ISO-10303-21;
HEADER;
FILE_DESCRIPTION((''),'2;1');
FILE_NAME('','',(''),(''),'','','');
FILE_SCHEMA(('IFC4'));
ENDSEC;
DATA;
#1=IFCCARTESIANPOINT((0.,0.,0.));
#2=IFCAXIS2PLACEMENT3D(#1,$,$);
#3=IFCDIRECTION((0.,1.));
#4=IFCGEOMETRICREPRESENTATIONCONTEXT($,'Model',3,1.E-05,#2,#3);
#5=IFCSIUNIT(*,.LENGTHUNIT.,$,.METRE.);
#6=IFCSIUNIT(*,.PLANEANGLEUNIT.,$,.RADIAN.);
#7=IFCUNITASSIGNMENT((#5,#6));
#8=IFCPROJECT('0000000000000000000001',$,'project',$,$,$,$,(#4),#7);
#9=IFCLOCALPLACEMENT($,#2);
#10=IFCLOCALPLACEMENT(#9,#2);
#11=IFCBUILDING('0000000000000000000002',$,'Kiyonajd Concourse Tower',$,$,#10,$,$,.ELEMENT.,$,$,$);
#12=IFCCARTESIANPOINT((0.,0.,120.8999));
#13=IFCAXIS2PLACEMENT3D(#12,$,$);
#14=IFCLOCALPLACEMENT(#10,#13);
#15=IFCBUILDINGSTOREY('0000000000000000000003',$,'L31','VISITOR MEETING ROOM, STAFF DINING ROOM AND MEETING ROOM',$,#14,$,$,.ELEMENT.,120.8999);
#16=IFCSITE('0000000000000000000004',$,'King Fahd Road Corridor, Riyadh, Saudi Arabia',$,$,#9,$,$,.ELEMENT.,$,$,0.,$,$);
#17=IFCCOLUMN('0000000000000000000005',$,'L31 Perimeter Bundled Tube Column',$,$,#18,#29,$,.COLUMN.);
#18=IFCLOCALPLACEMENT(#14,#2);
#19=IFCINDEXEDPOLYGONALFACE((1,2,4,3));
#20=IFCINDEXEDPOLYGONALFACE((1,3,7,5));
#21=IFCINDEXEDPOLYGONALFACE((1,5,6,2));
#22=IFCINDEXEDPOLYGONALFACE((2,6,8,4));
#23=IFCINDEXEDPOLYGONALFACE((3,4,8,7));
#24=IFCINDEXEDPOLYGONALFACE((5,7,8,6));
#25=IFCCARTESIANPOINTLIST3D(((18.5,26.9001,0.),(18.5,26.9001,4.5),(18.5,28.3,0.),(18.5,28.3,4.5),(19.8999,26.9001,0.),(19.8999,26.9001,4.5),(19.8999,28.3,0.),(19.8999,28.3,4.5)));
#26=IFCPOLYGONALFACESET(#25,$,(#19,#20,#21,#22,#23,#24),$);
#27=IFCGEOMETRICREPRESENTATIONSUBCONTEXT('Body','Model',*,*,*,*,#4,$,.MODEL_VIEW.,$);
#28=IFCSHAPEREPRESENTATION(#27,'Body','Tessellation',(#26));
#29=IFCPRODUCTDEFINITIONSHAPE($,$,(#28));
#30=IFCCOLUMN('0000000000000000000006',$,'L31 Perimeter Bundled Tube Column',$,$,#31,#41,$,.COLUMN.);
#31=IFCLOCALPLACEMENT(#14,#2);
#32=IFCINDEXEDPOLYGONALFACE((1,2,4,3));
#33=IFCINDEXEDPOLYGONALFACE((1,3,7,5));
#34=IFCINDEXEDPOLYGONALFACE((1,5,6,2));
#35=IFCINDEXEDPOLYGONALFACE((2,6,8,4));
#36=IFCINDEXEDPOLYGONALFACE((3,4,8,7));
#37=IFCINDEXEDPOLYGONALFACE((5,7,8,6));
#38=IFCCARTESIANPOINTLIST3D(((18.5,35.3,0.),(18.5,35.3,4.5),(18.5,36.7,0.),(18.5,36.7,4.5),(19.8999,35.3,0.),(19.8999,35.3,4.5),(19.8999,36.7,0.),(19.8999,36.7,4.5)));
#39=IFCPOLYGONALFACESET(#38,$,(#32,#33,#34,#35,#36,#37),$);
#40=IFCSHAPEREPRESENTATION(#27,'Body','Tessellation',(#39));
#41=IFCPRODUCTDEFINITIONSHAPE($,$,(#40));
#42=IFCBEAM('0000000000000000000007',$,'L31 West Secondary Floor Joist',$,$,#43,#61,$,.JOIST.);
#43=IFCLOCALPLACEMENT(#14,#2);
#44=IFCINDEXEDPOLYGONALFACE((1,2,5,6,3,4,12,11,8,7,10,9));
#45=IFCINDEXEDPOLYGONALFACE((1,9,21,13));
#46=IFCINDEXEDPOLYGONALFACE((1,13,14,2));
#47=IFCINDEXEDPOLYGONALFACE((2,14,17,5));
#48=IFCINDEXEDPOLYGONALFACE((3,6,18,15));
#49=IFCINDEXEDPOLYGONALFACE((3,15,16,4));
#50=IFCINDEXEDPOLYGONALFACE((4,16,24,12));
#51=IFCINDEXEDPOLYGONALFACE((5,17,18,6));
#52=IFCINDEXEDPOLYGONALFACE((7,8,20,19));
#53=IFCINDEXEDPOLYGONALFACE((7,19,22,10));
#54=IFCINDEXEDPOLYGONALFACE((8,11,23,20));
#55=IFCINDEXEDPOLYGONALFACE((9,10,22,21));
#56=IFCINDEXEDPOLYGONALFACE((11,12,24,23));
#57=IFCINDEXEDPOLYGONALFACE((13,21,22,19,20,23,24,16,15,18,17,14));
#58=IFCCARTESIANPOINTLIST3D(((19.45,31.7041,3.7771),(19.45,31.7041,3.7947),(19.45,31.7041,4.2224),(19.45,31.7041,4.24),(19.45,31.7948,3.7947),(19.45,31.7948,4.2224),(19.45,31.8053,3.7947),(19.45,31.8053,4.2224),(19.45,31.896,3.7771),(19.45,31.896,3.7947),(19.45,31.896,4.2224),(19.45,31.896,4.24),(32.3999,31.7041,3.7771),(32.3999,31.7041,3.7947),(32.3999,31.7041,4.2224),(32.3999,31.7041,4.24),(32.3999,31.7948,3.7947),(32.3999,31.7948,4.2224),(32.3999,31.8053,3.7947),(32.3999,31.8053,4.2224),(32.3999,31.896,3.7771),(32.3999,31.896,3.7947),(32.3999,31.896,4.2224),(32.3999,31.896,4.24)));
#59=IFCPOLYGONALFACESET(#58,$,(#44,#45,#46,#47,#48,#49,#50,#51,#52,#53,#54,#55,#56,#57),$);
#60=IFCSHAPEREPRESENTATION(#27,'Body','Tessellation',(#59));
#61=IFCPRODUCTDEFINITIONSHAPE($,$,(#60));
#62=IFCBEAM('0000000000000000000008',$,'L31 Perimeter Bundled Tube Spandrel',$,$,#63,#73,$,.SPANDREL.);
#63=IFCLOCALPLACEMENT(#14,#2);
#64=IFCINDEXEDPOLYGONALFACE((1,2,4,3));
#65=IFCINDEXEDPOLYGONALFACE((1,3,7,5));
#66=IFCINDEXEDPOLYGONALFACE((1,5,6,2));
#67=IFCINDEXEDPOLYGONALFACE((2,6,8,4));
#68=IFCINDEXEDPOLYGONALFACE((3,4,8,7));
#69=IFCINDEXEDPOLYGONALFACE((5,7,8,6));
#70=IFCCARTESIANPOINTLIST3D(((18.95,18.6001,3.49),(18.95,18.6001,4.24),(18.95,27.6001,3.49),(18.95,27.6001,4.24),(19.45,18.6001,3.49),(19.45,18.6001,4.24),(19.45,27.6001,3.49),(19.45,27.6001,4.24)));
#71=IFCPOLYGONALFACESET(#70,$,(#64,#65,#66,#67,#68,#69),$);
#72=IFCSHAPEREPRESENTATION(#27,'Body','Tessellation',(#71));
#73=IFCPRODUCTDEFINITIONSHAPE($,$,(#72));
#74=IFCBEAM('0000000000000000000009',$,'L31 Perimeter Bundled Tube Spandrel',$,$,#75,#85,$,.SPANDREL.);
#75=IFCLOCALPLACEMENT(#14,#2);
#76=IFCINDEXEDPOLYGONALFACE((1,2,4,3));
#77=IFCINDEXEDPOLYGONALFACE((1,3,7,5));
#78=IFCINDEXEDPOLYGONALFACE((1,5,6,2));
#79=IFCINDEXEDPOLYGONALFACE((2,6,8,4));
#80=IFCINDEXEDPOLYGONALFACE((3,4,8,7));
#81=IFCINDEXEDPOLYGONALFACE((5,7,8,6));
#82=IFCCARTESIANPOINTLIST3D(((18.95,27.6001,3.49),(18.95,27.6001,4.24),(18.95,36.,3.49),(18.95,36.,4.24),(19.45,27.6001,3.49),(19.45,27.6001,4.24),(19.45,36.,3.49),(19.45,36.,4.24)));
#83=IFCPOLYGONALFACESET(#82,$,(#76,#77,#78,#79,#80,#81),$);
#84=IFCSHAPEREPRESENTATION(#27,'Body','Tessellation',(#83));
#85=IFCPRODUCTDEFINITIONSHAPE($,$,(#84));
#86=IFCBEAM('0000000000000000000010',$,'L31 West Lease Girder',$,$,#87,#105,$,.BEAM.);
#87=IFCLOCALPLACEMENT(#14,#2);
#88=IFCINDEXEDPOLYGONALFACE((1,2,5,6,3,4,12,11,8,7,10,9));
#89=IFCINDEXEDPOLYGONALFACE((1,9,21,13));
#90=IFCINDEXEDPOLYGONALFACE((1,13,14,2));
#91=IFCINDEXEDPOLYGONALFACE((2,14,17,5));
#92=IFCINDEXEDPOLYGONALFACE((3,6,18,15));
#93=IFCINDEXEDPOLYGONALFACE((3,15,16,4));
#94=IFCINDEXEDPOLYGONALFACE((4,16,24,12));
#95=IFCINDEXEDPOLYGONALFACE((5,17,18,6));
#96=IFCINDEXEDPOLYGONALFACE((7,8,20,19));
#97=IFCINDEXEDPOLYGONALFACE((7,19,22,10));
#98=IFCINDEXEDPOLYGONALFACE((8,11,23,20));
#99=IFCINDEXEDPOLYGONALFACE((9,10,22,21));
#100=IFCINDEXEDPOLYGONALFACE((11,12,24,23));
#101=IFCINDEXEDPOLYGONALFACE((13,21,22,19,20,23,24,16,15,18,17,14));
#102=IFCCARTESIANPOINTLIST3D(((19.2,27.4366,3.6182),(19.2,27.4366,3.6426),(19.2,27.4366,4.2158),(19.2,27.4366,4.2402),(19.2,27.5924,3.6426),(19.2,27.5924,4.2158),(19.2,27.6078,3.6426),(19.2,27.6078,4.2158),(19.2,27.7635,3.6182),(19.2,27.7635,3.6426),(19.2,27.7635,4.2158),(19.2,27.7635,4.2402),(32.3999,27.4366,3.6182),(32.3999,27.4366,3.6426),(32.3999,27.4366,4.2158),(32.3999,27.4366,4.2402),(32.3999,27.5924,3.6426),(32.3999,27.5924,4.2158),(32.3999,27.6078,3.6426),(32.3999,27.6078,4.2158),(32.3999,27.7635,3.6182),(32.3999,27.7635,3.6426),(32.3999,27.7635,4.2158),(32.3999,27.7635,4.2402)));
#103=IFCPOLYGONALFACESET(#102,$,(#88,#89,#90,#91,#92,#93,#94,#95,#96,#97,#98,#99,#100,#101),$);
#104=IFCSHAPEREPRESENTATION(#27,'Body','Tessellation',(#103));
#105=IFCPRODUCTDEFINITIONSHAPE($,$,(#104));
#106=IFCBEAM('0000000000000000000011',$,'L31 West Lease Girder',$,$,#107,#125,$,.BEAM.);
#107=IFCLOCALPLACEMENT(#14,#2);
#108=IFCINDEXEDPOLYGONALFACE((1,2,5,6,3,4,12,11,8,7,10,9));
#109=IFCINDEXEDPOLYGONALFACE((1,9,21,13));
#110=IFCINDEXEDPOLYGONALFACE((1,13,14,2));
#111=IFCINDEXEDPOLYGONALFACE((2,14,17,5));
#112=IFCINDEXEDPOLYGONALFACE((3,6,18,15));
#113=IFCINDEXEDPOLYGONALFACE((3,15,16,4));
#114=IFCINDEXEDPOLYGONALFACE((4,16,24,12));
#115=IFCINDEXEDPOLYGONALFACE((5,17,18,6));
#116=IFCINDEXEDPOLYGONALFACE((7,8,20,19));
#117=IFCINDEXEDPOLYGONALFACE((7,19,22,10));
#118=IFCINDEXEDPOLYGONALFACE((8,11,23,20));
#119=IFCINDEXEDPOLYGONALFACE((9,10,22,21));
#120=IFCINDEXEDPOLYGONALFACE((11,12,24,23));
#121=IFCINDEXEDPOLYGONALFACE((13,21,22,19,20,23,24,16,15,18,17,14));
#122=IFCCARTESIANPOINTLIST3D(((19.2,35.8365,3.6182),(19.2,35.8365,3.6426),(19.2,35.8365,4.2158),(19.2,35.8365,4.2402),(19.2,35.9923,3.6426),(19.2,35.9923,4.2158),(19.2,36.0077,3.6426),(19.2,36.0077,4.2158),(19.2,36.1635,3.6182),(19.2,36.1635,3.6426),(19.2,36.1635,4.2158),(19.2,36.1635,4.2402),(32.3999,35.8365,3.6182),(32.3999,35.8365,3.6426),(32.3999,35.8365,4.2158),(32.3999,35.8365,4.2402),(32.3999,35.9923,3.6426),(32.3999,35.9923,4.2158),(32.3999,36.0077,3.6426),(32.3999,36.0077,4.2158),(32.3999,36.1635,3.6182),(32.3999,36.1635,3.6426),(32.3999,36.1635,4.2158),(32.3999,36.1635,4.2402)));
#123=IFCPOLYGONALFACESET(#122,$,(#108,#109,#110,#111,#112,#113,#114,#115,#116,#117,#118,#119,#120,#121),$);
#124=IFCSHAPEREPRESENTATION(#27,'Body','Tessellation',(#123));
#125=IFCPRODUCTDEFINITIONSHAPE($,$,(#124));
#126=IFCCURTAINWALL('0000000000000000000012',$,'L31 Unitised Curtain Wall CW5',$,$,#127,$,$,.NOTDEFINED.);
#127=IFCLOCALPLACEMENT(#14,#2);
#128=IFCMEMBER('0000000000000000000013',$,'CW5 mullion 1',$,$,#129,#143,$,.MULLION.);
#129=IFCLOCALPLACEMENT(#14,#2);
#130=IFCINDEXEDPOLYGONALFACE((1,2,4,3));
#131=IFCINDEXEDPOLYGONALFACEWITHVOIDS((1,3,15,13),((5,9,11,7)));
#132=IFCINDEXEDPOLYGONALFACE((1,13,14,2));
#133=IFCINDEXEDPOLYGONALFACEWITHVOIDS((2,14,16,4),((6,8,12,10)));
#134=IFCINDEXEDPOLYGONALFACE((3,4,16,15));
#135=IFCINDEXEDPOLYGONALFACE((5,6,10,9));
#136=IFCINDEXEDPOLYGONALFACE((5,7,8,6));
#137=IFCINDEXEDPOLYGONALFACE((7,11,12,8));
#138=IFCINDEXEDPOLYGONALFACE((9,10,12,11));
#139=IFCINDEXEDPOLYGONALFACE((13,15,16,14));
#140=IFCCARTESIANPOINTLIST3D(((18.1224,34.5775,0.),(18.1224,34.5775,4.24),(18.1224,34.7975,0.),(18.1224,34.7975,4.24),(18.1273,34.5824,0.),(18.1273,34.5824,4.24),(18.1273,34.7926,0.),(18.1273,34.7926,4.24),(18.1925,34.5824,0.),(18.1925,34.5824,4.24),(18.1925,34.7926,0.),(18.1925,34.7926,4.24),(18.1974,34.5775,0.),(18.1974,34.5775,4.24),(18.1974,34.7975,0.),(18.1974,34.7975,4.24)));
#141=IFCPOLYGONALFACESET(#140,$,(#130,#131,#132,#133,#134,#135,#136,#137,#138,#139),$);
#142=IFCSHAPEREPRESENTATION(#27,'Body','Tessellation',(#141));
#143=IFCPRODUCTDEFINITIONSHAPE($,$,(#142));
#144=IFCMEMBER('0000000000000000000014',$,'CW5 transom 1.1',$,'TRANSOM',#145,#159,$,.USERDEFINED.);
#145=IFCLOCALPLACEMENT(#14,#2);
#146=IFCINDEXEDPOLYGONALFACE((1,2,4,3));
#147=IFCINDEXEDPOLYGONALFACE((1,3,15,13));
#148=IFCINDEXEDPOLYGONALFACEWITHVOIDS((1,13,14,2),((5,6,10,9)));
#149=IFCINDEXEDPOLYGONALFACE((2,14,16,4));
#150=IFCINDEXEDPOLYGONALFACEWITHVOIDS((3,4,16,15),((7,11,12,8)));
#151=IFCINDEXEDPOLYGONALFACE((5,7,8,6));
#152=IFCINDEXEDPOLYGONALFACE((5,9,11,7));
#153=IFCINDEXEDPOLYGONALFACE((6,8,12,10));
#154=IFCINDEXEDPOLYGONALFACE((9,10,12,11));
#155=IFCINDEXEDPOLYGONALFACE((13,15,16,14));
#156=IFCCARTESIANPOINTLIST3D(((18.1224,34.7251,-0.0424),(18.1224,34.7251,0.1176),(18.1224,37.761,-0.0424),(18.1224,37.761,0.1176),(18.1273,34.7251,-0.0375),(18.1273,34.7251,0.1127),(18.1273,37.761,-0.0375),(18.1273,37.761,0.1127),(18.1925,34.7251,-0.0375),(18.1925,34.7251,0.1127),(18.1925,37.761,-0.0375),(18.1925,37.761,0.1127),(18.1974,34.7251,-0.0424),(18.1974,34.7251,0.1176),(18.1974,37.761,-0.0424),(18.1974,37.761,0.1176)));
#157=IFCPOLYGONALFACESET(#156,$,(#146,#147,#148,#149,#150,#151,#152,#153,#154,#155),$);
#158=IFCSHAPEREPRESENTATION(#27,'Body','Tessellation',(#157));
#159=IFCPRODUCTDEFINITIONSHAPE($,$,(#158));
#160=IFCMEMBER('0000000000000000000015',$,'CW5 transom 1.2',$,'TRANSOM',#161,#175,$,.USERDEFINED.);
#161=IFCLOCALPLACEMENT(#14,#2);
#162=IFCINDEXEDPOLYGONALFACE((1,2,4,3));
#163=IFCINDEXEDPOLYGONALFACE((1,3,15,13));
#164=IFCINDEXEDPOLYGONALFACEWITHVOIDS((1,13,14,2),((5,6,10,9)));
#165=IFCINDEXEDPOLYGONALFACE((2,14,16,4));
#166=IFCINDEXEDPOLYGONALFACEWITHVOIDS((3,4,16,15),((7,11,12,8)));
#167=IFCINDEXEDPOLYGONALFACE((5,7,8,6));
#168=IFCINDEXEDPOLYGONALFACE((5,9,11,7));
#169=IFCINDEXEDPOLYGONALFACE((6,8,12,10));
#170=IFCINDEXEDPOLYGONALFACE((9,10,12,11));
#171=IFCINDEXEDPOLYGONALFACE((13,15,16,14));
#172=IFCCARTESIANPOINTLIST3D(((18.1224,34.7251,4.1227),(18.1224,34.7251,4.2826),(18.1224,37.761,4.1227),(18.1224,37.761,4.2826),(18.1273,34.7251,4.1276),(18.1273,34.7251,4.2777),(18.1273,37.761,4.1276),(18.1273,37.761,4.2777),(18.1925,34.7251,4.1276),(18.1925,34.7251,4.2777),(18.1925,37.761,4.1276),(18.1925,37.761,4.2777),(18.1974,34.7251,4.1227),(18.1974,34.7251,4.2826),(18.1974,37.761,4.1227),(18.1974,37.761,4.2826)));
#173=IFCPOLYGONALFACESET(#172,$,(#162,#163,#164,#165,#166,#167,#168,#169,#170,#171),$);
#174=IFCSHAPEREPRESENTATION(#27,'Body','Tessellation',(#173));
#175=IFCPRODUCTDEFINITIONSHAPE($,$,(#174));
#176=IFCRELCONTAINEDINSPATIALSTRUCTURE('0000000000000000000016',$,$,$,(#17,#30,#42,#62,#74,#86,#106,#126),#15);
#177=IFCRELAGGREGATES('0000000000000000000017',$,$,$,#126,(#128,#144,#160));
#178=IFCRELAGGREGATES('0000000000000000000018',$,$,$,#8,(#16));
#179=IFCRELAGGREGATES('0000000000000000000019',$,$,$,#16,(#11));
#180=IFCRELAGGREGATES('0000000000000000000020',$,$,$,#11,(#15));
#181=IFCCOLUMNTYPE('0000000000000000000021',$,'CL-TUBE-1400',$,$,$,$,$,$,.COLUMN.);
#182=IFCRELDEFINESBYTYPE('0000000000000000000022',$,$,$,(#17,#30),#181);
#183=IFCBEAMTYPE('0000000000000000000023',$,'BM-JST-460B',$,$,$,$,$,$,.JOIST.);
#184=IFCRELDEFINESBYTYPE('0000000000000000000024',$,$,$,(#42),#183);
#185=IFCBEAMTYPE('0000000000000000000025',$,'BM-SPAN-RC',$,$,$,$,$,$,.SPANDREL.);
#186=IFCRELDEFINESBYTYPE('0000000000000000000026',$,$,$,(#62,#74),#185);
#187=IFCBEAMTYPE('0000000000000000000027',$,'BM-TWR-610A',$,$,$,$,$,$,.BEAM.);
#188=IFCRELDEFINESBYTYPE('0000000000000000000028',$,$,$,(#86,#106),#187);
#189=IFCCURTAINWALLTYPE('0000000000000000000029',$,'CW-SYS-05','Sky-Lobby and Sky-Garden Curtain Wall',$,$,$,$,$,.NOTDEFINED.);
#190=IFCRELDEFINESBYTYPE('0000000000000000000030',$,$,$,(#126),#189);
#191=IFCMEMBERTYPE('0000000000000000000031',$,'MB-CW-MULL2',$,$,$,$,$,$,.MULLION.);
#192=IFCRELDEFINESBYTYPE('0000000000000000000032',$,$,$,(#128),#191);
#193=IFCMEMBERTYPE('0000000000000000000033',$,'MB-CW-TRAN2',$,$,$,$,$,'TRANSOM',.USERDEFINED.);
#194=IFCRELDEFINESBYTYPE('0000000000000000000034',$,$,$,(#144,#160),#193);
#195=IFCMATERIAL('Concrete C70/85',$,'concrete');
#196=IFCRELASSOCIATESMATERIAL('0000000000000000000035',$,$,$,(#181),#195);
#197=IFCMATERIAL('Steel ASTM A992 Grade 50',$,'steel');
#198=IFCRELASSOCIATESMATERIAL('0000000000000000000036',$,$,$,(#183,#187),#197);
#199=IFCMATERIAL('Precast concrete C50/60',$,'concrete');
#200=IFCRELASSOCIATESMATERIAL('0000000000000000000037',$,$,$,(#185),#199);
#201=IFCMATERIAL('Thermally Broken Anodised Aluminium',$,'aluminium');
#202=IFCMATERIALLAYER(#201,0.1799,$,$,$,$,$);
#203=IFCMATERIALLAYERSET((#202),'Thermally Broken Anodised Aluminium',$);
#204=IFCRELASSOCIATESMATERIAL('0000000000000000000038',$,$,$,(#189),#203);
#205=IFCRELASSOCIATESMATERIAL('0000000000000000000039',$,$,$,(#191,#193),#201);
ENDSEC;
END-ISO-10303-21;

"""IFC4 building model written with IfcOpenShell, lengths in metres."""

from ifc_helpers import new_model, si_unit, direction, frame, origin, origin_2d, place, context, subcontext, project, spatial, rectangle, hollow_rectangle, i_section, extrude, material, layer, layer_set, material_profile, profile_set, type_object, element, aggregate, save


model = new_model("IFC4")

# Units and contexts
model_context = context("Model", 3, precision=1e-05, world=origin(), true_north=direction((0.0, 1.0)))
body_context = subcontext(model_context, "Body", "Model", "MODEL_VIEW")
ifc_project = project(units=[si_unit("LENGTHUNIT", "METRE"), si_unit("PLANEANGLEUNIT", "RADIAN")], contexts=[model_context])

# Site, building, storey
site_placement = place(None, origin())
site = spatial("IfcSite", under=ifc_project, at=site_placement, Name="King Fahd Road Corridor, Riyadh, Saudi Arabia", CompositionType="ELEMENT", RefElevation=0.0)
building_placement = place(site_placement, origin())
building = spatial("IfcBuilding", under=site, at=building_placement, Name="Kiyonajd Concourse Tower", CompositionType="ELEMENT")
storey_placement = place(building_placement, frame((0.0, 0.0, 120.8999)))
storey = spatial("IfcBuildingStorey", under=building, at=storey_placement, Name="L31", Description="VISITOR MEETING ROOM, STAFF DINING ROOM AND MEETING ROOM", CompositionType="ELEMENT", Elevation=120.8999)

# Columns
ifc_material_1 = material(Name="Concrete C70/85", Category="concrete")
ifc_material_profile_1 = material_profile(ifc_material_1, rectangle(XDim=1.3999, YDim=1.3999, at=origin_2d()), Name="RC-1400x1400")
ifc_profile_set_1 = profile_set([ifc_material_profile_1], Name="Concrete C70/85")
column_type = type_object("IfcColumnType", Name="CL-TUBE-1400", PredefinedType="COLUMN", material=ifc_profile_set_1)
for number, where, z_axis, x_axis, name in (
    (1, (19.2, 27.6001, 0.0), (0.0, 0.0, 1.0), (1.0, 0.0, 0.0), "L31 Perimeter Bundled Tube Column"),
    (2, (19.2, 36.0, 0.0), (0.0, 0.0, 1.0), (1.0, 0.0, 0.0), "L31 Perimeter Bundled Tube Column"),
):
    element("IfcColumn", number, at=place(storey_placement, frame(where, z_axis=z_axis, x_axis=x_axis)), inside=storey, type_object=column_type, Name=name, PredefinedType="COLUMN", context=body_context, shape_type="SweptSolid", body=[
        extrude(rectangle(XDim=1.3999, YDim=1.3999, at=origin_2d()), origin(), (0.0, 0.0, 1.0), 4.5),
    ])

# Beams
ifc_material_2 = material(Name="Steel ASTM A992 Grade 50", Category="steel")
ifc_material_profile_2 = material_profile(ifc_material_2, i_section(OverallWidth=0.1919, OverallDepth=0.4629, WebThickness=0.0105, FlangeThickness=0.0176, at=origin_2d()), Name="W460X89")
ifc_profile_set_2 = profile_set([ifc_material_profile_2], Name="Steel ASTM A992 Grade 50")
beam_type_1 = type_object("IfcBeamType", Name="BM-JST-460B", PredefinedType="JOIST", material=ifc_profile_set_2)
beam_1_placement = place(storey_placement, frame((19.45, 31.8, 4.0085), z_axis=(1.0, 0.0, 0.0), x_axis=(0.0, 1.0, 0.0)))
element("IfcBeam", 3, at=beam_1_placement, inside=storey, type_object=beam_type_1, Name="L31 West Secondary Floor Joist", PredefinedType="JOIST", context=body_context, shape_type="SweptSolid", body=[
    extrude(i_section(OverallWidth=0.1919, OverallDepth=0.4629, WebThickness=0.0105, FlangeThickness=0.0176, at=origin_2d()), origin(), (0.0, 0.0, 1.0), 12.95),
])
ifc_material_3 = material(Name="Precast concrete C50/60", Category="concrete")
ifc_material_profile_3 = material_profile(ifc_material_3, rectangle(XDim=0.5, YDim=0.75, at=origin_2d()), Name="RCBM-500x750")
ifc_profile_set_3 = profile_set([ifc_material_profile_3], Name="Precast concrete C50/60")
beam_type_2 = type_object("IfcBeamType", Name="BM-SPAN-RC", PredefinedType="SPANDREL", material=ifc_profile_set_3)
beam_2_placement = place(storey_placement, frame((19.2, 27.6001, 3.865), z_axis=(0.0, -1.0, 0.0), x_axis=(1.0, 0.0, 0.0)))
element("IfcBeam", 4, at=beam_2_placement, inside=storey, type_object=beam_type_2, Name="L31 Perimeter Bundled Tube Spandrel", PredefinedType="SPANDREL", context=body_context, shape_type="SweptSolid", body=[
    extrude(rectangle(XDim=0.5, YDim=0.75, at=origin_2d()), origin(), (0.0, 0.0, 1.0), 9.0),
])
beam_3_placement = place(storey_placement, frame((19.2, 36.0, 3.865), z_axis=(0.0, -1.0, 0.0), x_axis=(1.0, 0.0, 0.0)))
element("IfcBeam", 5, at=beam_3_placement, inside=storey, type_object=beam_type_2, Name="L31 Perimeter Bundled Tube Spandrel", PredefinedType="SPANDREL", context=body_context, shape_type="SweptSolid", body=[
    extrude(rectangle(XDim=0.5, YDim=0.75, at=origin_2d()), origin(), (0.0, 0.0, 1.0), 8.3999),
])
ifc_material_profile_4 = material_profile(ifc_material_2, i_section(OverallWidth=0.3269, OverallDepth=0.6221, WebThickness=0.0154, FlangeThickness=0.0244, at=origin_2d()), Name="W610X195")
ifc_profile_set_4 = profile_set([ifc_material_profile_4], Name="Steel ASTM A992 Grade 50")
beam_type_3 = type_object("IfcBeamType", Name="BM-TWR-610A", PredefinedType="BEAM", material=ifc_profile_set_4)
for number, where, z_axis, x_axis, name in (
    (6, (19.2, 27.6001, 3.9292), (1.0, 0.0, 0.0), (0.0, 1.0, 0.0), "L31 West Lease Girder"),
    (7, (19.2, 36.0, 3.9292), (1.0, 0.0, 0.0), (0.0, 1.0, 0.0), "L31 West Lease Girder"),
):
    element("IfcBeam", number, at=place(storey_placement, frame(where, z_axis=z_axis, x_axis=x_axis)), inside=storey, type_object=beam_type_3, Name=name, PredefinedType="BEAM", context=body_context, shape_type="SweptSolid", body=[
        extrude(i_section(OverallWidth=0.3269, OverallDepth=0.6221, WebThickness=0.0154, FlangeThickness=0.0244, at=origin_2d()), origin(), (0.0, 0.0, 1.0), 13.2),
    ])

# Curtain wall, members
ifc_material_4 = material(Name="Thermally Broken Anodised Aluminium", Category="aluminium")
ifc_layer_1 = layer(ifc_material_4, 0.1799)
ifc_layer_set_1 = layer_set([ifc_layer_1], Name="Thermally Broken Anodised Aluminium")
curtain_wall_type = type_object("IfcCurtainWallType", Name="CW-SYS-05", Description="Sky-Lobby and Sky-Garden Curtain Wall", PredefinedType="NOTDEFINED", material=ifc_layer_set_1)
curtain_wall_placement = place(storey_placement, origin())
curtain_wall = element("IfcCurtainWall", 8, at=curtain_wall_placement, inside=storey, type_object=curtain_wall_type, Name="L31 Unitised Curtain Wall CW5", PredefinedType="NOTDEFINED")
ifc_material_profile_5 = material_profile(ifc_material_4, hollow_rectangle(XDim=0.075, YDim=0.22, WallThickness=0.0049, at=origin_2d()), Name="MULL-75x220")
ifc_profile_set_5 = profile_set([ifc_material_profile_5], Name="Thermally Broken Anodised Aluminium")
member_type_1 = type_object("IfcMemberType", Name="MB-CW-MULL2", PredefinedType="MULLION", material=ifc_profile_set_5)
member_1_placement = place(storey_placement, frame((18.1599, 34.6875, 0.0), z_axis=(0.0, 0.0, 1.0), x_axis=(-1.0, 0.0, 0.0)))
member_1 = element("IfcMember", 9, at=member_1_placement, type_object=member_type_1, Name="CW5 mullion 1", PredefinedType="MULLION", context=body_context, shape_type="SweptSolid", body=[
    extrude(hollow_rectangle(XDim=0.075, YDim=0.22, WallThickness=0.0049, at=origin_2d()), origin(), (0.0, 0.0, 1.0), 4.24),
])
ifc_material_profile_6 = material_profile(ifc_material_4, hollow_rectangle(XDim=0.075, YDim=0.1599, WallThickness=0.0049, at=origin_2d()), Name="TRAN-75x160")
ifc_profile_set_6 = profile_set([ifc_material_profile_6], Name="Thermally Broken Anodised Aluminium")
member_type_2 = type_object("IfcMemberType", Name="MB-CW-TRAN2", ElementType="TRANSOM", PredefinedType="USERDEFINED", material=ifc_profile_set_6)
member_2_placement = place(storey_placement, frame((18.1599, 34.7251, 0.0376), z_axis=(0.0, 1.0, 0.0), x_axis=(-1.0, 0.0, 0.0)))
member_2 = element("IfcMember", 10, at=member_2_placement, type_object=member_type_2, Name="CW5 transom 1.1", ObjectType="TRANSOM", PredefinedType="USERDEFINED", context=body_context, shape_type="SweptSolid", body=[
    extrude(hollow_rectangle(XDim=0.075, YDim=0.1599, WallThickness=0.0049, at=origin_2d()), origin(), (0.0, 0.0, 1.0), 3.0359),
])
member_3_placement = place(storey_placement, frame((18.1599, 34.7251, 4.2026), z_axis=(0.0, 1.0, 0.0), x_axis=(-1.0, 0.0, 0.0)))
member_3 = element("IfcMember", 11, at=member_3_placement, type_object=member_type_2, Name="CW5 transom 1.2", ObjectType="TRANSOM", PredefinedType="USERDEFINED", context=body_context, shape_type="SweptSolid", body=[
    extrude(hollow_rectangle(XDim=0.075, YDim=0.1599, WallThickness=0.0049, at=origin_2d()), origin(), (0.0, 0.0, 1.0), 3.0359),
])

aggregate(curtain_wall, [member_1, member_2, member_3])

save(model, "model.ifc")
